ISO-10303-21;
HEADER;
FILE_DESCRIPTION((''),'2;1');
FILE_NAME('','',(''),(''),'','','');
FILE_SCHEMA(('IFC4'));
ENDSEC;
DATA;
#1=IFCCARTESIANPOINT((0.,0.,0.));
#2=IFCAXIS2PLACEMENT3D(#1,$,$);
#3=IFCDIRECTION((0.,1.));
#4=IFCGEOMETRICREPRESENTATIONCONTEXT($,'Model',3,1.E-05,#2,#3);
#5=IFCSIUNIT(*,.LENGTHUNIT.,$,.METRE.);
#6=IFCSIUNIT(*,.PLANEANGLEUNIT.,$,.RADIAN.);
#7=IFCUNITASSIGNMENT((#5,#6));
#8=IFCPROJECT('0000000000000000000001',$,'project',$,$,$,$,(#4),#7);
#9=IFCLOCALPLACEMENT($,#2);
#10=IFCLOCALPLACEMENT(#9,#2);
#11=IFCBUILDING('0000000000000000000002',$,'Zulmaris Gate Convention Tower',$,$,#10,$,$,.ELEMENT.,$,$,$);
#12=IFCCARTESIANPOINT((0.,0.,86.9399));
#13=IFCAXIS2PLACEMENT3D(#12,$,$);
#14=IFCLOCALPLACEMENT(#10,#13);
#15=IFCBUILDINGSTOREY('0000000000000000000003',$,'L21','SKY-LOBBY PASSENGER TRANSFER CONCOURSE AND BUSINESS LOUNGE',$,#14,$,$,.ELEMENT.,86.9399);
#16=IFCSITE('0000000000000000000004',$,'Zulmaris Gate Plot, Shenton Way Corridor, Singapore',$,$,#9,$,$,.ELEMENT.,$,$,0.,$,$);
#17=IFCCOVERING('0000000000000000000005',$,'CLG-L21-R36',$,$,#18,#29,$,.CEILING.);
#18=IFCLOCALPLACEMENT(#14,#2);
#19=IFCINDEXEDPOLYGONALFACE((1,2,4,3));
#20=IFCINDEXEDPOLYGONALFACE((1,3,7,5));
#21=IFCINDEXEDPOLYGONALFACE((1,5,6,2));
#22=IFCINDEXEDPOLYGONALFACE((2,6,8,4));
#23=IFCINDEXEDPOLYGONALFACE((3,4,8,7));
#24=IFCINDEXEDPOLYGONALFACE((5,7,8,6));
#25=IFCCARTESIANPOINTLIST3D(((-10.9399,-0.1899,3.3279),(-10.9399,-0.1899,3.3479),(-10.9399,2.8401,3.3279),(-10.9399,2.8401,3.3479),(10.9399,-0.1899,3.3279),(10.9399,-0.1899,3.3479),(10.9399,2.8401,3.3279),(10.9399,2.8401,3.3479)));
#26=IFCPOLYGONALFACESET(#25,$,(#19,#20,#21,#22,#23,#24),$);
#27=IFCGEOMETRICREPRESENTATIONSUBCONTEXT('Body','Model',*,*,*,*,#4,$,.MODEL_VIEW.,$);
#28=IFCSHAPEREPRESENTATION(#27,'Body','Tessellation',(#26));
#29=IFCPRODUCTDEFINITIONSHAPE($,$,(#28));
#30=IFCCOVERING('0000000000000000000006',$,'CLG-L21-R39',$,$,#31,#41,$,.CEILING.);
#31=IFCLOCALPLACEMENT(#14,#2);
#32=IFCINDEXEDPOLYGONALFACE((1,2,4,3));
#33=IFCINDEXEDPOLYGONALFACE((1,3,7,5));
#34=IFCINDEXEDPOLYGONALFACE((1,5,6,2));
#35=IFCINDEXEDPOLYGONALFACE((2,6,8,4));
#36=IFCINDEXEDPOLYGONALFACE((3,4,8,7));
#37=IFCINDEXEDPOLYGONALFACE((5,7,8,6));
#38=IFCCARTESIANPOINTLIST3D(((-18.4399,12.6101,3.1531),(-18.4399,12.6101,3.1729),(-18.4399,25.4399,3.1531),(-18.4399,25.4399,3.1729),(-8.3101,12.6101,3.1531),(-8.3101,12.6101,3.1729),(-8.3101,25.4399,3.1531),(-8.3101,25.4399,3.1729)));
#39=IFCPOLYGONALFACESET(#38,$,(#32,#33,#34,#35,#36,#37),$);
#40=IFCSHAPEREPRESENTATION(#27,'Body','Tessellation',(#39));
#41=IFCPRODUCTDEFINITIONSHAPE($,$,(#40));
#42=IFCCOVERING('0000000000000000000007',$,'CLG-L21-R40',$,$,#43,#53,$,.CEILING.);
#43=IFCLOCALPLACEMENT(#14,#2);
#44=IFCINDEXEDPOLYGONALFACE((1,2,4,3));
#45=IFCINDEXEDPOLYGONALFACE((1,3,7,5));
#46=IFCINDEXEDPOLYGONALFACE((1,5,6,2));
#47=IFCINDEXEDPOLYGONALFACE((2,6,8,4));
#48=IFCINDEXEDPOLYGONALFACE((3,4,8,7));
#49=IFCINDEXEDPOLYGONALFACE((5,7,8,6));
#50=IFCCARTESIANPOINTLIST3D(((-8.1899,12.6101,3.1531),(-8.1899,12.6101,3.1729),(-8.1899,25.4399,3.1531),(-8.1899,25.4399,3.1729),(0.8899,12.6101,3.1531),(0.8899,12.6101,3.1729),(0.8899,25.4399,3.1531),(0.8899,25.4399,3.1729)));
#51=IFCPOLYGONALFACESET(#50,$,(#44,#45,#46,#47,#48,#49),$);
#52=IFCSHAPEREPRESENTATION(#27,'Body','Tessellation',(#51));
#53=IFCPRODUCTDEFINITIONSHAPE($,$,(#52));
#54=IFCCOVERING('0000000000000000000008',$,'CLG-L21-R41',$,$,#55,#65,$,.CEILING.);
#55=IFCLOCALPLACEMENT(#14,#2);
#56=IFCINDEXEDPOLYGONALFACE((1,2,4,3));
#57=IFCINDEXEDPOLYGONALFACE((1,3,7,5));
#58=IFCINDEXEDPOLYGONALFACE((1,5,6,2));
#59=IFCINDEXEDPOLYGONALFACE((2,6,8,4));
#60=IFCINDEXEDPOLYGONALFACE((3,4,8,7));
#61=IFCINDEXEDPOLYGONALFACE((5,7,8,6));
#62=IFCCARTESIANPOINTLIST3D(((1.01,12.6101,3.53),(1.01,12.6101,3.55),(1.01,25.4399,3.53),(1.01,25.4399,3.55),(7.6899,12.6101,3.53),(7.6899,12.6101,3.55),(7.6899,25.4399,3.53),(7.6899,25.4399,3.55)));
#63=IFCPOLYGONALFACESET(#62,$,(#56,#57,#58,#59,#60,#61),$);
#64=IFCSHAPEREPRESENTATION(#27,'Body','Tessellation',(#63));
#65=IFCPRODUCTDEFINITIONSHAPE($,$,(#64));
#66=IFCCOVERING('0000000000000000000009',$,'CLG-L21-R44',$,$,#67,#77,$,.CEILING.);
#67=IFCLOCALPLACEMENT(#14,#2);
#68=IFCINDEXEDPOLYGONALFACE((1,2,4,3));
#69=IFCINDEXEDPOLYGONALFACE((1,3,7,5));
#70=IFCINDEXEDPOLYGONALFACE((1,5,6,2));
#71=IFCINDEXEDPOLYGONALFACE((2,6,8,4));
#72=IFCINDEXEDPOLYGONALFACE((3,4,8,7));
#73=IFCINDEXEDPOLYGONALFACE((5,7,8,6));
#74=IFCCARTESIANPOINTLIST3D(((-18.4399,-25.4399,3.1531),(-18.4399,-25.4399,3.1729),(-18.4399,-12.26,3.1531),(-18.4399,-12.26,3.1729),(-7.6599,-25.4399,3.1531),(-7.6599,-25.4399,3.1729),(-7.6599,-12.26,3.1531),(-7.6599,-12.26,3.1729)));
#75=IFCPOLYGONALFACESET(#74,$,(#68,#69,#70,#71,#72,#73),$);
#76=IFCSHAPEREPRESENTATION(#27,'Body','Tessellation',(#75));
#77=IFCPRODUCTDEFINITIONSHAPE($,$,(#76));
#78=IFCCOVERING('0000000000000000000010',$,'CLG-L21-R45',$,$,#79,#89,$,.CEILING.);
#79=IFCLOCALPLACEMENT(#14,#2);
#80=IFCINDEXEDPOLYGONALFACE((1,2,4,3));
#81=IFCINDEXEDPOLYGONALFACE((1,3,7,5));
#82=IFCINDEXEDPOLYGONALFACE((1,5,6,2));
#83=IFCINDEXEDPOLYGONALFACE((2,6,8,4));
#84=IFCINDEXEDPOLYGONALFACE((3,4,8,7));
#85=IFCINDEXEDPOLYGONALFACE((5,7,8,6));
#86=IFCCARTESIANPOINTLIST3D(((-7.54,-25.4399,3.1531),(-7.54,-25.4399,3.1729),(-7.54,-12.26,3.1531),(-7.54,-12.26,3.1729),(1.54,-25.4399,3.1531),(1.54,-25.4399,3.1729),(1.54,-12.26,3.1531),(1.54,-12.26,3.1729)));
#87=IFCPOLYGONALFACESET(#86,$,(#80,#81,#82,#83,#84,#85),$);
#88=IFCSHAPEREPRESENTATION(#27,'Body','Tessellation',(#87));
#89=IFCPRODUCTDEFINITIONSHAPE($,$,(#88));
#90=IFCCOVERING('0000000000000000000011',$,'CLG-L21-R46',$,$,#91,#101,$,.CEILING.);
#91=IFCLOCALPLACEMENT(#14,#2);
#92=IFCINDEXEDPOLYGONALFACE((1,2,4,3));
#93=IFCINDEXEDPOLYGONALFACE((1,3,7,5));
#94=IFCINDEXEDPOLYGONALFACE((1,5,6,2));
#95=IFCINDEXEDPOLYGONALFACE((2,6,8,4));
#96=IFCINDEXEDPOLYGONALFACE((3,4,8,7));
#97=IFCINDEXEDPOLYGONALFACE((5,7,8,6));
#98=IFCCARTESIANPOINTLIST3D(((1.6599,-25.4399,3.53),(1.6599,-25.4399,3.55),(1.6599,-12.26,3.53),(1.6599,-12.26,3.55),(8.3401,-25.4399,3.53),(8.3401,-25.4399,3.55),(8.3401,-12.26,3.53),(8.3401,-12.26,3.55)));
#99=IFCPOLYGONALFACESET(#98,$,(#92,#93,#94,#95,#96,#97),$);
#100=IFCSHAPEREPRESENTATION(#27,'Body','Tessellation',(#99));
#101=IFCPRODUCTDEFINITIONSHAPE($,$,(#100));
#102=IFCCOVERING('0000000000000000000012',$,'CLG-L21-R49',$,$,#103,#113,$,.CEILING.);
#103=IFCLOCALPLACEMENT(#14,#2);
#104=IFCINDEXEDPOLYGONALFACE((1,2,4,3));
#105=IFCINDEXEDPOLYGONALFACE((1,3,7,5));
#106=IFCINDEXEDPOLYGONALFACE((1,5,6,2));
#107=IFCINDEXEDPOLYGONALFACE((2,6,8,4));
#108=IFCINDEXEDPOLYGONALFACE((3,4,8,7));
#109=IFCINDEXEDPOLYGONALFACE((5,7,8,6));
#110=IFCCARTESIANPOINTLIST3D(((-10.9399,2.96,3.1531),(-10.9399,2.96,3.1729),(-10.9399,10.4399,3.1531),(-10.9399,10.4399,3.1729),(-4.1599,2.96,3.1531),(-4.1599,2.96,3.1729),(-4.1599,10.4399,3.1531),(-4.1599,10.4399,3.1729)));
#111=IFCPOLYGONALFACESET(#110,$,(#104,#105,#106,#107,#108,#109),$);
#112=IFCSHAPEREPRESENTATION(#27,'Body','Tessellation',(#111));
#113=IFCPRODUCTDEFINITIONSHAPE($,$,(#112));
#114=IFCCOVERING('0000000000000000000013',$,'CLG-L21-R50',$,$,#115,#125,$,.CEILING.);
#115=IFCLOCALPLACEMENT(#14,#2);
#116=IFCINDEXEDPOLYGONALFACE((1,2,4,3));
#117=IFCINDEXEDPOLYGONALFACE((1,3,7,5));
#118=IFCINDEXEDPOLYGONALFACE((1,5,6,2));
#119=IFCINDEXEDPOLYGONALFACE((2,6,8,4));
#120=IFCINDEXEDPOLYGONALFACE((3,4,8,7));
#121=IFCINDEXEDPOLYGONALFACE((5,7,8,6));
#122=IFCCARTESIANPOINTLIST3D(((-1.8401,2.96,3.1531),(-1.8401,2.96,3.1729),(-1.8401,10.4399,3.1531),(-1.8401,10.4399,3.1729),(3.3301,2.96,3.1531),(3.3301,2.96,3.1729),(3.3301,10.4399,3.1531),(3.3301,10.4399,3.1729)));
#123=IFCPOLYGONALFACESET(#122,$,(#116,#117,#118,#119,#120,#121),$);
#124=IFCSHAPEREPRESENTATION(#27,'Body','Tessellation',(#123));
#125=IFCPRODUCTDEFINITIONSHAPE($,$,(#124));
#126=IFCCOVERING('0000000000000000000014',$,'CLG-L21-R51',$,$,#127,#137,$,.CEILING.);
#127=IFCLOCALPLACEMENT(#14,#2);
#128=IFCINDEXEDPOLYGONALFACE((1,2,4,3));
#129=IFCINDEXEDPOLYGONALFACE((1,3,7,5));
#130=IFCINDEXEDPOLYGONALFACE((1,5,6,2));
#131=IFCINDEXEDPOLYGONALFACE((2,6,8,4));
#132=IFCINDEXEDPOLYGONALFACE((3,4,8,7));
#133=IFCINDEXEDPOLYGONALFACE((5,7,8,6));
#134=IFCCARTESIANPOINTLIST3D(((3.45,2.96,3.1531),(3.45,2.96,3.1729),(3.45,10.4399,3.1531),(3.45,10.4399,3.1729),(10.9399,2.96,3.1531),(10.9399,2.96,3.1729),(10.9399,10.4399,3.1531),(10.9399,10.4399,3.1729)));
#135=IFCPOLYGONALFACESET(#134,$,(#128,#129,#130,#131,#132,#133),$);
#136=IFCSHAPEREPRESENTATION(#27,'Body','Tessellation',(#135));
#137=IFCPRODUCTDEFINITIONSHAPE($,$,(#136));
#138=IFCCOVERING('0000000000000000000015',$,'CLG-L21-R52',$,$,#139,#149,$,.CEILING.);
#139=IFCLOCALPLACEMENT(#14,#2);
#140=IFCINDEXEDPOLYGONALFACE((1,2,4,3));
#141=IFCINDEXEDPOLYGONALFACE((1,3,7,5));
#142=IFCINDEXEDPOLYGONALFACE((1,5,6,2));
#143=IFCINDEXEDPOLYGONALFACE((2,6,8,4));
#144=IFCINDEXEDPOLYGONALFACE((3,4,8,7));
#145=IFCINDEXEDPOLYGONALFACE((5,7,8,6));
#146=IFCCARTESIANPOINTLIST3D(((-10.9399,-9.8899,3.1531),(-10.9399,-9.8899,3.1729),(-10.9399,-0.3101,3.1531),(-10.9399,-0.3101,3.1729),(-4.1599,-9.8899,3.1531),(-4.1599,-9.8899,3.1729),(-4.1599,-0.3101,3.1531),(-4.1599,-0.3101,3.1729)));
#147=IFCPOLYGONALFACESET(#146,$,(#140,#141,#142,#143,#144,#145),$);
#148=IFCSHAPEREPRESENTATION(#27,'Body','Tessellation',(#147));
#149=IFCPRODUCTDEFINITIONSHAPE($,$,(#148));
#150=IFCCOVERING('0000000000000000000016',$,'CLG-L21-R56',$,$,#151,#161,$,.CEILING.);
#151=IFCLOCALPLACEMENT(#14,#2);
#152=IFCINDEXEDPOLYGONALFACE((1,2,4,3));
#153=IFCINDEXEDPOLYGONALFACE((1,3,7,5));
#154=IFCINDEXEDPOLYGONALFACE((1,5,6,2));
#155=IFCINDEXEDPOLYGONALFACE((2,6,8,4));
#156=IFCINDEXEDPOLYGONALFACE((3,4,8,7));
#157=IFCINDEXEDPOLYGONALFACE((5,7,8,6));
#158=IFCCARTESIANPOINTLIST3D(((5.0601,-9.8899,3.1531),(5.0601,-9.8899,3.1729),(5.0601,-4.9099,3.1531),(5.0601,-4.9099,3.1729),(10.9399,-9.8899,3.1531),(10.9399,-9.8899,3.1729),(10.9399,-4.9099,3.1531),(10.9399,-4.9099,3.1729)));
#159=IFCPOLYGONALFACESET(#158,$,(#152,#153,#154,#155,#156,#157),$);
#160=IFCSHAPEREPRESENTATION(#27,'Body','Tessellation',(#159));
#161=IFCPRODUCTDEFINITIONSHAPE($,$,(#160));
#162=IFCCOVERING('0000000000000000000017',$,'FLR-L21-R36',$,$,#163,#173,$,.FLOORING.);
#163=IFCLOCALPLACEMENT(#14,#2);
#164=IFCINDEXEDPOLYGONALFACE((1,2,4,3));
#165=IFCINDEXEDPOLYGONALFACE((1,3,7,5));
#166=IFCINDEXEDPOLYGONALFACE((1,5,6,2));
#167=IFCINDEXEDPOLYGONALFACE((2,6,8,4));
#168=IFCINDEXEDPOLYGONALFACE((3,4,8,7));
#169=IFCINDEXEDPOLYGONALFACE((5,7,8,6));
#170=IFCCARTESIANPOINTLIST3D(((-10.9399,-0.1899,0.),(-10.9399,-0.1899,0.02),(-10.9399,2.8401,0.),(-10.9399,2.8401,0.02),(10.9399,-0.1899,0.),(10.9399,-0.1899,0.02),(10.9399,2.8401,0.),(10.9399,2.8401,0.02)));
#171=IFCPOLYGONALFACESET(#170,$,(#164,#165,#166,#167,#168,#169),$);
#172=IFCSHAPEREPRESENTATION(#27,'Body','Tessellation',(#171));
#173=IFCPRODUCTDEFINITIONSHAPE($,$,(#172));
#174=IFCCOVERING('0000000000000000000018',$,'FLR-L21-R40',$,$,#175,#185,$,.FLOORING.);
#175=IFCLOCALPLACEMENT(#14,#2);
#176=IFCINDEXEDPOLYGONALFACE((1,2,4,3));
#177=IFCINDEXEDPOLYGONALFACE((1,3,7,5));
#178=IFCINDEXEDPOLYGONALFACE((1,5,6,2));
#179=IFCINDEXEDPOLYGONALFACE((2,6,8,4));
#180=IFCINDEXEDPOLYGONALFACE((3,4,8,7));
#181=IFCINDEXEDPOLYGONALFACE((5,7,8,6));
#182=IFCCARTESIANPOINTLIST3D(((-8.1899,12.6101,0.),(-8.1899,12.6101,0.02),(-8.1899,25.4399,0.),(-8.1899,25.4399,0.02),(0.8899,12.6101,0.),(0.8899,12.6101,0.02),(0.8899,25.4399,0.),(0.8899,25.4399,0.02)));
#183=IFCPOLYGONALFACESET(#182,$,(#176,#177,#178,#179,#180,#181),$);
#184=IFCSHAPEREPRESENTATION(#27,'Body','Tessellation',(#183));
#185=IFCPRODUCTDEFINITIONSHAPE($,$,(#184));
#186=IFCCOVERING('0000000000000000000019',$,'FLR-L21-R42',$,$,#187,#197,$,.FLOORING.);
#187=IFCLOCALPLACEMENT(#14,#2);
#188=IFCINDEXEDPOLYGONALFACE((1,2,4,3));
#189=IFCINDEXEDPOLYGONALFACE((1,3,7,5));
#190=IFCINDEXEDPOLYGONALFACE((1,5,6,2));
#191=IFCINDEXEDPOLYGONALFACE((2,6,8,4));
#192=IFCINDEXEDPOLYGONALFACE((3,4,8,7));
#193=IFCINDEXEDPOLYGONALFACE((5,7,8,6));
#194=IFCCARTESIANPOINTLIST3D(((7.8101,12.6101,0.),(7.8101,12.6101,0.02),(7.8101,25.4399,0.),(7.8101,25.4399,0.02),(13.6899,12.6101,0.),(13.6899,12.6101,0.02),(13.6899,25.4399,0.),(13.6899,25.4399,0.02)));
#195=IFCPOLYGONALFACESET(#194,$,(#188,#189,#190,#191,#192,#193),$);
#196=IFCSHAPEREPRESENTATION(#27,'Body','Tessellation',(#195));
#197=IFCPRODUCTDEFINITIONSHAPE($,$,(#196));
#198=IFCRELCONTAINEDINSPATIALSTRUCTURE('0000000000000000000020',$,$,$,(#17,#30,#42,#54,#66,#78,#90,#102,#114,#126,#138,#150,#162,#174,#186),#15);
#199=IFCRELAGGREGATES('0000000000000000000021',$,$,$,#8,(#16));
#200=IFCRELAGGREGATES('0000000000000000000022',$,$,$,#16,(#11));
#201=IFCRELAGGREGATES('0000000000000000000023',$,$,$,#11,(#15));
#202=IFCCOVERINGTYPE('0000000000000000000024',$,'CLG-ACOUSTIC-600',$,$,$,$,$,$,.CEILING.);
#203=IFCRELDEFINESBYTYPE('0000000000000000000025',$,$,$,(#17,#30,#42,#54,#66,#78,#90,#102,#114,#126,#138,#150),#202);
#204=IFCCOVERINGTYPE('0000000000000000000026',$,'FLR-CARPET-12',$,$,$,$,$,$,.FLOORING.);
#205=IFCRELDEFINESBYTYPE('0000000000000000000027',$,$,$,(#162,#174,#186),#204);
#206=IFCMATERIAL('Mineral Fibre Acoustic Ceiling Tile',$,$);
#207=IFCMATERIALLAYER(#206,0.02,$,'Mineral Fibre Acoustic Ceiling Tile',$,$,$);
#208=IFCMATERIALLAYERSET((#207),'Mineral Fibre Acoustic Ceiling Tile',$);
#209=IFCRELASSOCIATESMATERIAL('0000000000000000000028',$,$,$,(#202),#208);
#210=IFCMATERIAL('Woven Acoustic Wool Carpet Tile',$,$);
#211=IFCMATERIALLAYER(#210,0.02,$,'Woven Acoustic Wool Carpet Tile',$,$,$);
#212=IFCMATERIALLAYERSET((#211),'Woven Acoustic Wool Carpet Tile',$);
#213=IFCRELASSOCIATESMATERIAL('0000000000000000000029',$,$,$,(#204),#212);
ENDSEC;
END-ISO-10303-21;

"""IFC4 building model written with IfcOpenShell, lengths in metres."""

from ifc_helpers import new_model, si_unit, direction, frame, origin, place, context, subcontext, project, spatial, polyline, outline, extrude, material, layer, layer_set, type_object, element, save


model = new_model("IFC4")

# Units and contexts
model_context = context("Model", 3, precision=1e-05, world=origin(), true_north=direction((0.0, 1.0)))
body_context = subcontext(model_context, "Body", "Model", "MODEL_VIEW")
ifc_project = project(units=[si_unit("LENGTHUNIT", "METRE"), si_unit("PLANEANGLEUNIT", "RADIAN")], contexts=[model_context])

# Site, building, storey
site_placement = place(None, origin())
site = spatial("IfcSite", under=ifc_project, at=site_placement, Name="Zulmaris Gate Plot, Shenton Way Corridor, Singapore", CompositionType="ELEMENT", RefElevation=0.0)
building_placement = place(site_placement, origin())
building = spatial("IfcBuilding", under=site, at=building_placement, Name="Zulmaris Gate Convention Tower", CompositionType="ELEMENT")
storey_placement = place(building_placement, frame((0.0, 0.0, 86.9399)))
storey = spatial("IfcBuildingStorey", under=building, at=storey_placement, Name="L21", Description="SKY-LOBBY PASSENGER TRANSFER CONCOURSE AND BUSINESS LOUNGE", CompositionType="ELEMENT", Elevation=86.9399)

# Coverings
ifc_material_1 = material(Name="Mineral Fibre Acoustic Ceiling Tile")
ifc_layer_1 = layer(ifc_material_1, 0.02, Name="Mineral Fibre Acoustic Ceiling Tile")
ifc_layer_set_1 = layer_set([ifc_layer_1], Name="Mineral Fibre Acoustic Ceiling Tile")
covering_type_1 = type_object("IfcCoveringType", Name="CLG-ACOUSTIC-600", PredefinedType="CEILING", material=ifc_layer_set_1)
covering_1_placement = place(storey_placement, frame((0.0, 0.0, 3.3279)))
element("IfcCovering", 1, at=covering_1_placement, inside=storey, type_object=covering_type_1, Name="CLG-L21-R36", PredefinedType="CEILING", context=body_context, shape_type="SweptSolid", body=[
    extrude(outline(polyline([(-10.9399, -0.1899), (10.9399, -0.1899), (10.9399, 2.8401), (-10.9399, 2.8401), (-10.9399, -0.1899)])), origin(), (0.0, 0.0, 1.0), 0.02),
])
covering_2_placement = place(storey_placement, frame((0.0, 0.0, 3.1531)))
element("IfcCovering", 2, at=covering_2_placement, inside=storey, type_object=covering_type_1, Name="CLG-L21-R39", PredefinedType="CEILING", context=body_context, shape_type="SweptSolid", body=[
    extrude(outline(polyline([(-18.4399, 12.6101), (-8.3101, 12.6101), (-8.3101, 25.4399), (-18.4399, 25.4399), (-18.4399, 12.6101)])), origin(), (0.0, 0.0, 1.0), 0.0198),
])
covering_3_placement = place(storey_placement, frame((0.0, 0.0, 3.1531)))
element("IfcCovering", 3, at=covering_3_placement, inside=storey, type_object=covering_type_1, Name="CLG-L21-R40", PredefinedType="CEILING", context=body_context, shape_type="SweptSolid", body=[
    extrude(outline(polyline([(-8.1899, 12.6101), (0.8899, 12.6101), (0.8899, 25.4399), (-8.1899, 25.4399), (-8.1899, 12.6101)])), origin(), (0.0, 0.0, 1.0), 0.0198),
])
covering_4_placement = place(storey_placement, frame((0.0, 0.0, 3.53)))
element("IfcCovering", 4, at=covering_4_placement, inside=storey, type_object=covering_type_1, Name="CLG-L21-R41", PredefinedType="CEILING", context=body_context, shape_type="SweptSolid", body=[
    extrude(outline(polyline([(1.01, 12.6101), (7.6899, 12.6101), (7.6899, 25.4399), (1.01, 25.4399), (1.01, 12.6101)])), origin(), (0.0, 0.0, 1.0), 0.02),
])
covering_5_placement = place(storey_placement, frame((0.0, 0.0, 3.1531)))
element("IfcCovering", 5, at=covering_5_placement, inside=storey, type_object=covering_type_1, Name="CLG-L21-R44", PredefinedType="CEILING", context=body_context, shape_type="SweptSolid", body=[
    extrude(outline(polyline([(-18.4399, -25.4399), (-7.6599, -25.4399), (-7.6599, -12.26), (-18.4399, -12.26), (-18.4399, -25.4399)])), origin(), (0.0, 0.0, 1.0), 0.0198),
])
covering_6_placement = place(storey_placement, frame((0.0, 0.0, 3.1531)))
element("IfcCovering", 6, at=covering_6_placement, inside=storey, type_object=covering_type_1, Name="CLG-L21-R45", PredefinedType="CEILING", context=body_context, shape_type="SweptSolid", body=[
    extrude(outline(polyline([(-7.54, -25.4399), (1.54, -25.4399), (1.54, -12.26), (-7.54, -12.26), (-7.54, -25.4399)])), origin(), (0.0, 0.0, 1.0), 0.0198),
])
covering_7_placement = place(storey_placement, frame((0.0, 0.0, 3.53)))
element("IfcCovering", 7, at=covering_7_placement, inside=storey, type_object=covering_type_1, Name="CLG-L21-R46", PredefinedType="CEILING", context=body_context, shape_type="SweptSolid", body=[
    extrude(outline(polyline([(1.6599, -25.4399), (8.3401, -25.4399), (8.3401, -12.26), (1.6599, -12.26), (1.6599, -25.4399)])), origin(), (0.0, 0.0, 1.0), 0.02),
])
covering_8_placement = place(storey_placement, frame((0.0, 0.0, 3.1531)))
element("IfcCovering", 8, at=covering_8_placement, inside=storey, type_object=covering_type_1, Name="CLG-L21-R49", PredefinedType="CEILING", context=body_context, shape_type="SweptSolid", body=[
    extrude(outline(polyline([(-10.9399, 2.96), (-4.1599, 2.96), (-4.1599, 10.4399), (-10.9399, 10.4399), (-10.9399, 2.96)])), origin(), (0.0, 0.0, 1.0), 0.0198),
])
covering_9_placement = place(storey_placement, frame((0.0, 0.0, 3.1531)))
element("IfcCovering", 9, at=covering_9_placement, inside=storey, type_object=covering_type_1, Name="CLG-L21-R50", PredefinedType="CEILING", context=body_context, shape_type="SweptSolid", body=[
    extrude(outline(polyline([(-1.8401, 2.96), (3.3301, 2.96), (3.3301, 10.4399), (-1.8401, 10.4399), (-1.8401, 2.96)])), origin(), (0.0, 0.0, 1.0), 0.0198),
])
covering_10_placement = place(storey_placement, frame((0.0, 0.0, 3.1531)))
element("IfcCovering", 10, at=covering_10_placement, inside=storey, type_object=covering_type_1, Name="CLG-L21-R51", PredefinedType="CEILING", context=body_context, shape_type="SweptSolid", body=[
    extrude(outline(polyline([(3.45, 2.96), (10.9399, 2.96), (10.9399, 10.4399), (3.45, 10.4399), (3.45, 2.96)])), origin(), (0.0, 0.0, 1.0), 0.0198),
])
covering_11_placement = place(storey_placement, frame((0.0, 0.0, 3.1531)))
element("IfcCovering", 11, at=covering_11_placement, inside=storey, type_object=covering_type_1, Name="CLG-L21-R52", PredefinedType="CEILING", context=body_context, shape_type="SweptSolid", body=[
    extrude(outline(polyline([(-10.9399, -9.8899), (-4.1599, -9.8899), (-4.1599, -0.3101), (-10.9399, -0.3101), (-10.9399, -9.8899)])), origin(), (0.0, 0.0, 1.0), 0.0198),
])
covering_12_placement = place(storey_placement, frame((0.0, 0.0, 3.1531)))
element("IfcCovering", 12, at=covering_12_placement, inside=storey, type_object=covering_type_1, Name="CLG-L21-R56", PredefinedType="CEILING", context=body_context, shape_type="SweptSolid", body=[
    extrude(outline(polyline([(5.0601, -9.8899), (10.9399, -9.8899), (10.9399, -4.9099), (5.0601, -4.9099), (5.0601, -9.8899)])), origin(), (0.0, 0.0, 1.0), 0.0198),
])
ifc_material_2 = material(Name="Woven Acoustic Wool Carpet Tile")
ifc_layer_2 = layer(ifc_material_2, 0.02, Name="Woven Acoustic Wool Carpet Tile")
ifc_layer_set_2 = layer_set([ifc_layer_2], Name="Woven Acoustic Wool Carpet Tile")
covering_type_2 = type_object("IfcCoveringType", Name="FLR-CARPET-12", PredefinedType="FLOORING", material=ifc_layer_set_2)
covering_13_placement = place(storey_placement, origin())
element("IfcCovering", 13, at=covering_13_placement, inside=storey, type_object=covering_type_2, Name="FLR-L21-R36", PredefinedType="FLOORING", context=body_context, shape_type="SweptSolid", body=[
    extrude(outline(polyline([(-10.9399, -0.1899), (10.9399, -0.1899), (10.9399, 2.8401), (-10.9399, 2.8401), (-10.9399, -0.1899)])), origin(), (0.0, 0.0, 1.0), 0.02),
])
covering_14_placement = place(storey_placement, origin())
element("IfcCovering", 14, at=covering_14_placement, inside=storey, type_object=covering_type_2, Name="FLR-L21-R40", PredefinedType="FLOORING", context=body_context, shape_type="SweptSolid", body=[
    extrude(outline(polyline([(-8.1899, 12.6101), (0.8899, 12.6101), (0.8899, 25.4399), (-8.1899, 25.4399), (-8.1899, 12.6101)])), origin(), (0.0, 0.0, 1.0), 0.02),
])
covering_15_placement = place(storey_placement, origin())
element("IfcCovering", 15, at=covering_15_placement, inside=storey, type_object=covering_type_2, Name="FLR-L21-R42", PredefinedType="FLOORING", context=body_context, shape_type="SweptSolid", body=[
    extrude(outline(polyline([(7.8101, 12.6101), (13.6899, 12.6101), (13.6899, 25.4399), (7.8101, 25.4399), (7.8101, 12.6101)])), origin(), (0.0, 0.0, 1.0), 0.02),
])

save(model, "model.ifc")
